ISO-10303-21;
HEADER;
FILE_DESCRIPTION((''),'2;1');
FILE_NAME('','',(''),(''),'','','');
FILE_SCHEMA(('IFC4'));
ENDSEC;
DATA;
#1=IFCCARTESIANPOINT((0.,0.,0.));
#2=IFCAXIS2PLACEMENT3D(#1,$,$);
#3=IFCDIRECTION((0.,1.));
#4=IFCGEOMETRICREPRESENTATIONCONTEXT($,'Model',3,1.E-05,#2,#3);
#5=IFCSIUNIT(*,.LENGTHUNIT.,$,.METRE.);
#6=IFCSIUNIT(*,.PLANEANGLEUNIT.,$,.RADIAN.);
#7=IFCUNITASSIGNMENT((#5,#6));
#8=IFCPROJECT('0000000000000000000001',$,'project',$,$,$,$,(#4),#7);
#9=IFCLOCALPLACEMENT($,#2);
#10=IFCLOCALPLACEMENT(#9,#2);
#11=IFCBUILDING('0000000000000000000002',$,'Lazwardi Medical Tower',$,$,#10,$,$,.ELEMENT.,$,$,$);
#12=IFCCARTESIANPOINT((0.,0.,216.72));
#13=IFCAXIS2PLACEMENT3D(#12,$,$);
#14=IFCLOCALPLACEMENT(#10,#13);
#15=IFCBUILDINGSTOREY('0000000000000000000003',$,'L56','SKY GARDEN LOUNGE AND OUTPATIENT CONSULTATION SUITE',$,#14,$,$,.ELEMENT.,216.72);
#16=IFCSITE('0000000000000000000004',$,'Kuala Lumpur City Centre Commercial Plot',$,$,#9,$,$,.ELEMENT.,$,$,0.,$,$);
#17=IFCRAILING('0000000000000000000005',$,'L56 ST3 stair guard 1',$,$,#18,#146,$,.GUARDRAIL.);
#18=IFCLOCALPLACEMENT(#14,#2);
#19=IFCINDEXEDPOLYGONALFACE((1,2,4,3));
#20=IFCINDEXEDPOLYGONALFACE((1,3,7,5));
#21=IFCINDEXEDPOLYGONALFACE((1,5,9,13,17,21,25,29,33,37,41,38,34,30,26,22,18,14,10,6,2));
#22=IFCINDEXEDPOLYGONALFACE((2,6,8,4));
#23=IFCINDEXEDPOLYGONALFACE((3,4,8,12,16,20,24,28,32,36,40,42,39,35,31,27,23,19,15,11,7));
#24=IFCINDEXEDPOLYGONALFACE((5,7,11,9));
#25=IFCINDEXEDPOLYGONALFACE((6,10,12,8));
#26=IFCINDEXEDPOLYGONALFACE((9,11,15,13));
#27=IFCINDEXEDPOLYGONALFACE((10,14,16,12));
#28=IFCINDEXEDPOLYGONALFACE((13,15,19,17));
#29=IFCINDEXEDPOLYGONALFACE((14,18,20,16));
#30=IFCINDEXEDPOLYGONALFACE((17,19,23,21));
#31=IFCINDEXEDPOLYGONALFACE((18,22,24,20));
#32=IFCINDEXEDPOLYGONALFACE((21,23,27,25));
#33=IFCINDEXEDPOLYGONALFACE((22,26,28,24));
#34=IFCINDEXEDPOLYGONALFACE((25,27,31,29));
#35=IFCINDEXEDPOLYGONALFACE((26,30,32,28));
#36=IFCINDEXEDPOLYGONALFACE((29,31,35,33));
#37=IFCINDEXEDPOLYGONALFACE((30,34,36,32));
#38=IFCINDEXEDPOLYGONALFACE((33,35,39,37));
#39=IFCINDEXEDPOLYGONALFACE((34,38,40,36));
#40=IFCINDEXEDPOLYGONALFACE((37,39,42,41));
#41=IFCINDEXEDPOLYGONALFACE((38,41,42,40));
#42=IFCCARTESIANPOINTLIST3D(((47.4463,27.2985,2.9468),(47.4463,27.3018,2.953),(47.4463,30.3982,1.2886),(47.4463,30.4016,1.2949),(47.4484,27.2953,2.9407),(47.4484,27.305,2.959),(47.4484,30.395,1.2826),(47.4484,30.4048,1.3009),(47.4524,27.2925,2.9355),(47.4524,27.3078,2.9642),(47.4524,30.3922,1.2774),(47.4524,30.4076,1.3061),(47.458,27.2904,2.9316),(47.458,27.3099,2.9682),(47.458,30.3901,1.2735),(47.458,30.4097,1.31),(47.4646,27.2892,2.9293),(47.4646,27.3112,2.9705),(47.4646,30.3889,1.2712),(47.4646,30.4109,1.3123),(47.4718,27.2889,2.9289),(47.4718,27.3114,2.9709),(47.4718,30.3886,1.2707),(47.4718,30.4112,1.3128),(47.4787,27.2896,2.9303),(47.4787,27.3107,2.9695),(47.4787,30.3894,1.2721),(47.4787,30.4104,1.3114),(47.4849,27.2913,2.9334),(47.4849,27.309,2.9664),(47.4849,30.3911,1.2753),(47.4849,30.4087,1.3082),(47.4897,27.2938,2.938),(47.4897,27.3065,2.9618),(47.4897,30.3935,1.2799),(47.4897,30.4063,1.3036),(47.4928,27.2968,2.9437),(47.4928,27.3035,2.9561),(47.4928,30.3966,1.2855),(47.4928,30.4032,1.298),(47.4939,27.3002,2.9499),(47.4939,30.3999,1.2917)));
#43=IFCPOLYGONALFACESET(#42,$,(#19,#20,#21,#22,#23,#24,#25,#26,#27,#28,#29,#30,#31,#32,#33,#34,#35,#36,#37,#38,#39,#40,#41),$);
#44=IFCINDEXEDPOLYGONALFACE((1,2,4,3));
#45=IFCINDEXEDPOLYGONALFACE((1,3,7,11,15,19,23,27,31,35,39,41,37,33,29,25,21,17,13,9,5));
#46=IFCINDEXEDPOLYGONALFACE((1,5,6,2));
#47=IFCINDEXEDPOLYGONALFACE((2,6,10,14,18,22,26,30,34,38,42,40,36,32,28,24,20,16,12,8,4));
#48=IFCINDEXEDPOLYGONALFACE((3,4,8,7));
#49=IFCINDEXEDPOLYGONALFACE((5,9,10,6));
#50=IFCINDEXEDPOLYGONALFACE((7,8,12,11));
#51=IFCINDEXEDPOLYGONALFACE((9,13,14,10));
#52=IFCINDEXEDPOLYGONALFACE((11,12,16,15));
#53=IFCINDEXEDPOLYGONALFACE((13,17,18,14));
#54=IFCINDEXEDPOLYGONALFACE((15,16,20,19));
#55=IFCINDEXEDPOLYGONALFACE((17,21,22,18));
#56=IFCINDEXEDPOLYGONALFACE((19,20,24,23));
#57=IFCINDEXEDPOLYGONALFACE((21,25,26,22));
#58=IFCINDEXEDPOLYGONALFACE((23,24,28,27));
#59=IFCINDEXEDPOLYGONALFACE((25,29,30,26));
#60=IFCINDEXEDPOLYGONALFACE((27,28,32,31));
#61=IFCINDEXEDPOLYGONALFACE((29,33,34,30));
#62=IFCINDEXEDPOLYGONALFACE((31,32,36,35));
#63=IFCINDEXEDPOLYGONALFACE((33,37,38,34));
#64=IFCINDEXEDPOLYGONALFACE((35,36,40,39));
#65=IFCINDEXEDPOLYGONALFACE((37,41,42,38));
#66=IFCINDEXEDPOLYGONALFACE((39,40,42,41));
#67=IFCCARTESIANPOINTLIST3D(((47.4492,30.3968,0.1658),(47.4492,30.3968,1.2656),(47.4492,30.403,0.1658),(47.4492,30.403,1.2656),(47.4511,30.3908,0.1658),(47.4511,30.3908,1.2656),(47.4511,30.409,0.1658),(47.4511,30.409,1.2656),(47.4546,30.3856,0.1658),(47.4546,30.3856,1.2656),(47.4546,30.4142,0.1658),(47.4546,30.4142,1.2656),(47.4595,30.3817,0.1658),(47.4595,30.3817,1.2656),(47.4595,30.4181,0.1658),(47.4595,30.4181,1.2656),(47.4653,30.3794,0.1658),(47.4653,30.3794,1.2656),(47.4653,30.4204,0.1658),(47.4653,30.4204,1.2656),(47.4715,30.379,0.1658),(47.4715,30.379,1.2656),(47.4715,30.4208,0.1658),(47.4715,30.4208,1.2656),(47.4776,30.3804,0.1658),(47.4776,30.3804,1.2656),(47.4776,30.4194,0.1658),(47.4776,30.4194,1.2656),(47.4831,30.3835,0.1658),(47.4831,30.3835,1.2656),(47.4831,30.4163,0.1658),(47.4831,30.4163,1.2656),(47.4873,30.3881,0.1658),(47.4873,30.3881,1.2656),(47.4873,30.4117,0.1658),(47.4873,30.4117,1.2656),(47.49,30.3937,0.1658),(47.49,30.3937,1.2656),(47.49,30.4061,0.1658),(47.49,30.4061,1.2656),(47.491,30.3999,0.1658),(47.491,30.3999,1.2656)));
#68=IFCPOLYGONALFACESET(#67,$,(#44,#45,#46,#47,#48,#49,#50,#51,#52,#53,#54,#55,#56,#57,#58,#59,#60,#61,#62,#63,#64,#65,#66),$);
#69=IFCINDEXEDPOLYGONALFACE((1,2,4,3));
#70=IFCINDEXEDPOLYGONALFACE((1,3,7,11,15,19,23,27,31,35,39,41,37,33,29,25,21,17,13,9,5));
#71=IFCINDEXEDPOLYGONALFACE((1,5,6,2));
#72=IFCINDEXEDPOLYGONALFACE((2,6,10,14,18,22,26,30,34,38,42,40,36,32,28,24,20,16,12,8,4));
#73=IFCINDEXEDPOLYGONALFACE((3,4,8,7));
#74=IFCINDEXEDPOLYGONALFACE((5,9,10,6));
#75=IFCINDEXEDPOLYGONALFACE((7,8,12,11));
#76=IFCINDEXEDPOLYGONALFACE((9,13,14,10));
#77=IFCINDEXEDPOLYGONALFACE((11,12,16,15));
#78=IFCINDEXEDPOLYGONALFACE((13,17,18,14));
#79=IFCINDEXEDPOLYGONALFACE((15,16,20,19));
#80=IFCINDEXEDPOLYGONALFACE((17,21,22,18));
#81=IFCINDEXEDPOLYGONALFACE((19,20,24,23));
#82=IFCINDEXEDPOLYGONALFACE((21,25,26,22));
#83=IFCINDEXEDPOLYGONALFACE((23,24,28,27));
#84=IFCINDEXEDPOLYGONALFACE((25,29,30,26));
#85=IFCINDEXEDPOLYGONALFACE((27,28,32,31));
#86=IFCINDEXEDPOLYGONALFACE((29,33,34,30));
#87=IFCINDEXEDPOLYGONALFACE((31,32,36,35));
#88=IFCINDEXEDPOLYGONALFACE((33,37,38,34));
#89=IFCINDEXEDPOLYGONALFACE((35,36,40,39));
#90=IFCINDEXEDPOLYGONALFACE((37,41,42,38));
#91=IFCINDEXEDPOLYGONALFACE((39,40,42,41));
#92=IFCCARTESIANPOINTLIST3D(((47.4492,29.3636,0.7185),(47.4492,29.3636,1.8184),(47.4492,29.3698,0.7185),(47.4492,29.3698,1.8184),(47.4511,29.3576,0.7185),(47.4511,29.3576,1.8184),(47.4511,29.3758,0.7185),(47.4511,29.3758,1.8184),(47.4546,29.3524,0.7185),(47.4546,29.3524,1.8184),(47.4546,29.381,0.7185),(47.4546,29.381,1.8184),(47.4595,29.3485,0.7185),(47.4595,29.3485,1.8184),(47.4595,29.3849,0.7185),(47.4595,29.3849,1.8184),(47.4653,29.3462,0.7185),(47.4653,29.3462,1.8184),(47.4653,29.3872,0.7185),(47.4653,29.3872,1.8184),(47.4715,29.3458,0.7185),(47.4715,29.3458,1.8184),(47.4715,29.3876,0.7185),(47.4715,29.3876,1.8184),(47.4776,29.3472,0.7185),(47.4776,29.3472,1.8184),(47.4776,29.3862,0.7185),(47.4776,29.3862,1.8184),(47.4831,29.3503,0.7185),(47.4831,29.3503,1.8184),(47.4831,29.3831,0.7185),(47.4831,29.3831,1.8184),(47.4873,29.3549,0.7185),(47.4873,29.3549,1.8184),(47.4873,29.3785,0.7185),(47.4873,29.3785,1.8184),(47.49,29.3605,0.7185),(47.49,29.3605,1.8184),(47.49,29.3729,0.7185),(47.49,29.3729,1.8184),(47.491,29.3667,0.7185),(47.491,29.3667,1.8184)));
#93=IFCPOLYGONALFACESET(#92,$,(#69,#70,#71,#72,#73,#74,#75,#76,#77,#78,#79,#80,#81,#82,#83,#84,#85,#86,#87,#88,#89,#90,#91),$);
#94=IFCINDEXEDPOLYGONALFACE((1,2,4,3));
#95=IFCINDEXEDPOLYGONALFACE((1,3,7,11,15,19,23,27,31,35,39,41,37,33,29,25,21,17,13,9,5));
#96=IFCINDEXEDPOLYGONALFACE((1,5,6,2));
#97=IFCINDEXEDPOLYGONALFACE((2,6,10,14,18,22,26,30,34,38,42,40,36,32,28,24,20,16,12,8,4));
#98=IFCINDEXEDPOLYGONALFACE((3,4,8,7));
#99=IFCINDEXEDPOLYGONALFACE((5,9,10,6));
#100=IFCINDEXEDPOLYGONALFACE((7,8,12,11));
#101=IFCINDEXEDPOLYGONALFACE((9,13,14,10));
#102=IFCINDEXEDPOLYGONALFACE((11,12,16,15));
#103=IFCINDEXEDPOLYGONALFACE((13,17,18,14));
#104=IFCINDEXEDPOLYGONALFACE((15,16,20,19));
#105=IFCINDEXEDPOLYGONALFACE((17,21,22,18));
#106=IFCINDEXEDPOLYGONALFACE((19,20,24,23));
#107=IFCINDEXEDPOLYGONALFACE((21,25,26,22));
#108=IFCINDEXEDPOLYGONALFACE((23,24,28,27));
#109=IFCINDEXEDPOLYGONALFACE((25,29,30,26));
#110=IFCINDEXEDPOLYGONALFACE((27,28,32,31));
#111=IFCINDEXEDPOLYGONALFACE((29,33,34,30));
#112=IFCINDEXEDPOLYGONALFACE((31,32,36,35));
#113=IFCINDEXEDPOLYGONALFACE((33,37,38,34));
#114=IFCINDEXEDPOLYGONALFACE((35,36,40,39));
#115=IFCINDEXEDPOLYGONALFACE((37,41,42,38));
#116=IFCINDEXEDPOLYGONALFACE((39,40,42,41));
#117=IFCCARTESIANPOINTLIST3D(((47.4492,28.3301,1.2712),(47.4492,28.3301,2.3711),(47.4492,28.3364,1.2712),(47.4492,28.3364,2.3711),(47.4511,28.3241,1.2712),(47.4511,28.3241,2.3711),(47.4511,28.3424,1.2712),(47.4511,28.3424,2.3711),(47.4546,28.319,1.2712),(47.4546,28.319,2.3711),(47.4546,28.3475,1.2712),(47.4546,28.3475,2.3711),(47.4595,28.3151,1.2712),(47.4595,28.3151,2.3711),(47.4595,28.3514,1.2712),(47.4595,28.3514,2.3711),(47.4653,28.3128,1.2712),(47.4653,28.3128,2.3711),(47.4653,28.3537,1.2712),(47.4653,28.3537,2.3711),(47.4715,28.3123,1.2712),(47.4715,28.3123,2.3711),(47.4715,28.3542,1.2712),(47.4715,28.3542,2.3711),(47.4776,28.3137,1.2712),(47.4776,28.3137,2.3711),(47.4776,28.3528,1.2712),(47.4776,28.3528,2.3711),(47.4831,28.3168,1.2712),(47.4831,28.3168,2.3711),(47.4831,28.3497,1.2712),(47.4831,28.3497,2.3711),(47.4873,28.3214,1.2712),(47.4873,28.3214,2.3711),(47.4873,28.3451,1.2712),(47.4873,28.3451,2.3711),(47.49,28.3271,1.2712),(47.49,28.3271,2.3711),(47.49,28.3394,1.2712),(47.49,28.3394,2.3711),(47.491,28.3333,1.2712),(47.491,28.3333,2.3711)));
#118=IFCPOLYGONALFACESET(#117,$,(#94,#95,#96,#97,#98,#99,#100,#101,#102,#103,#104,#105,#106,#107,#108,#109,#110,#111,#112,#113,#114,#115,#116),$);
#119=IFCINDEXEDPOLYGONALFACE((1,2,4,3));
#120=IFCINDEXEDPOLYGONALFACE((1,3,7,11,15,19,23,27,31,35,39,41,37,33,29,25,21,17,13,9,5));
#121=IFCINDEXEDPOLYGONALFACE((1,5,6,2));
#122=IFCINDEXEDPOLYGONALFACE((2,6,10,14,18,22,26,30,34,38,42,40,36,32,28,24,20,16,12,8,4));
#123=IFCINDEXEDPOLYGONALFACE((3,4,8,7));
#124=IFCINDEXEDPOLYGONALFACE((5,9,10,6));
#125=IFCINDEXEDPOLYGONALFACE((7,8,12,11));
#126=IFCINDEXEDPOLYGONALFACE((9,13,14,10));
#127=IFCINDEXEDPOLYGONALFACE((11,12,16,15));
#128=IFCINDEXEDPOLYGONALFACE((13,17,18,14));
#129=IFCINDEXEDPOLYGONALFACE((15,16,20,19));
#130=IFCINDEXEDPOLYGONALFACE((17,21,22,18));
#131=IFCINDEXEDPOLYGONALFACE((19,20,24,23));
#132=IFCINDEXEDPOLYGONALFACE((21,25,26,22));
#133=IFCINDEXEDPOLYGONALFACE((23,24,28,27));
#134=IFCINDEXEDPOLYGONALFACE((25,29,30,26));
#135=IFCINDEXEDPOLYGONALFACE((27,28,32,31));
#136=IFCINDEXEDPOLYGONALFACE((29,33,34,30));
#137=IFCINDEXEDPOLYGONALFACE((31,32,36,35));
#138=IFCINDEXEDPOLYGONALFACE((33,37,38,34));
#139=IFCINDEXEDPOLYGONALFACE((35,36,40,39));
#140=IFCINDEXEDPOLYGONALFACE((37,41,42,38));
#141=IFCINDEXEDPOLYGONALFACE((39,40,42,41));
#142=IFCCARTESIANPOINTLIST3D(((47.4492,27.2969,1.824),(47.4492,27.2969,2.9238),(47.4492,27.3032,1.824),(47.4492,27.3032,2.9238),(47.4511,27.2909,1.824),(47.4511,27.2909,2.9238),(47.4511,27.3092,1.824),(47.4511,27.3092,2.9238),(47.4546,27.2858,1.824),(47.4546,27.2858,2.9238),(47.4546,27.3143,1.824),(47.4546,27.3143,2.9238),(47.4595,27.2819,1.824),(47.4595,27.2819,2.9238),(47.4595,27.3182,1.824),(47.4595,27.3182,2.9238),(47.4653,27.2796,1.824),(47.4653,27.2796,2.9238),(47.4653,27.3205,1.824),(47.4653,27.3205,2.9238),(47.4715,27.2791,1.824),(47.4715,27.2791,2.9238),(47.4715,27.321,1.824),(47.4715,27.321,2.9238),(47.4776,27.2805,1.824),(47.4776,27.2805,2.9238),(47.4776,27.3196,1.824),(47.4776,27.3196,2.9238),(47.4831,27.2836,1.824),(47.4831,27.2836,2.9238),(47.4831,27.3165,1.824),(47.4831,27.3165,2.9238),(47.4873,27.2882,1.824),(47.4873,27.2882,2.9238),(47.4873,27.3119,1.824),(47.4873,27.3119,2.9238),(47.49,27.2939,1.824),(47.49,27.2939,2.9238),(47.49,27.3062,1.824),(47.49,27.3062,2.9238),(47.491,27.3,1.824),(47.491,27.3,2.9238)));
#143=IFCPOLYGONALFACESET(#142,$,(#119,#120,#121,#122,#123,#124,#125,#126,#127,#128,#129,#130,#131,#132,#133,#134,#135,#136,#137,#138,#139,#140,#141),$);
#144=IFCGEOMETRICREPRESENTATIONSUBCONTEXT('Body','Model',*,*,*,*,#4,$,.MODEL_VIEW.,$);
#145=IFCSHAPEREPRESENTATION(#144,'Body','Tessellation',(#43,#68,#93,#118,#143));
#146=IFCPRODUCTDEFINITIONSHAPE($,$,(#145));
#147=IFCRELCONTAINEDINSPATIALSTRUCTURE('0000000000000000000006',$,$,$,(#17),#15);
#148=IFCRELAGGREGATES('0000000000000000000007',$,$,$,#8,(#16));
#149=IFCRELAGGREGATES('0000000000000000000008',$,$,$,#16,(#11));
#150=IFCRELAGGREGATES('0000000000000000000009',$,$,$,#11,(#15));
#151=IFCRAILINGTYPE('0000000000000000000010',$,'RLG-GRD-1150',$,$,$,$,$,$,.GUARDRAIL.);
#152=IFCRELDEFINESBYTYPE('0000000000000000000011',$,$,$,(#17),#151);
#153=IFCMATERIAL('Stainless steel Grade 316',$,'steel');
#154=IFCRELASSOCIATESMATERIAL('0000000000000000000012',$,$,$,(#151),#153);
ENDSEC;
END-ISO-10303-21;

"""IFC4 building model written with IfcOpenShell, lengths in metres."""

from ifc_helpers import new_model, si_unit, direction, frame, origin, origin_2d, place, context, subcontext, project, spatial, circle, extrude, material, type_object, element, save


model = new_model("IFC4")

# Units and contexts
model_context = context("Model", 3, precision=1e-05, world=origin(), true_north=direction((0.0, 1.0)))
body_context = subcontext(model_context, "Body", "Model", "MODEL_VIEW")
ifc_project = project(units=[si_unit("LENGTHUNIT", "METRE"), si_unit("PLANEANGLEUNIT", "RADIAN")], contexts=[model_context])

# Site, building, storey
site_placement = place(None, origin())
site = spatial("IfcSite", under=ifc_project, at=site_placement, Name="Kuala Lumpur City Centre Commercial Plot", CompositionType="ELEMENT", RefElevation=0.0)
building_placement = place(site_placement, origin())
building = spatial("IfcBuilding", under=site, at=building_placement, Name="Lazwardi Medical Tower", CompositionType="ELEMENT")
storey_placement = place(building_placement, frame((0.0, 0.0, 216.72)))
storey = spatial("IfcBuildingStorey", under=building, at=storey_placement, Name="L56", Description="SKY GARDEN LOUNGE AND OUTPATIENT CONSULTATION SUITE", CompositionType="ELEMENT", Elevation=216.72)

# Railing
ifc_material_1 = material(Name="Stainless steel Grade 316", Category="steel")
railing_type = type_object("IfcRailingType", Name="RLG-GRD-1150", PredefinedType="GUARDRAIL", material=ifc_material_1)
railing_1_placement = place(storey_placement, frame((47.47, 30.3999, 0.1658)))
element("IfcRailing", 1, at=railing_1_placement, inside=storey, type_object=railing_type, Name="L56 ST3 stair guard 1", PredefinedType="GUARDRAIL", context=body_context, shape_type="SweptSolid", body=[
    extrude(circle(Radius=0.0239, at=origin_2d()), frame((0.0, 0.0, 1.126), z_axis=(0.0, -0.881768, 0.471684), x_axis=(1.0, 0.0, 0.0)), (0.0, 0.0, 1.0), 3.5154),
    extrude(circle(Radius=0.021, at=origin_2d()), origin(), (0.0, 0.0, 1.0), 1.0999),
    extrude(circle(Radius=0.021, at=origin_2d()), frame((0.0, -1.0332, 0.5527)), (0.0, 0.0, 1.0), 1.0999),
    extrude(circle(Radius=0.021, at=origin_2d()), frame((0.0, -2.0667, 1.1055)), (0.0, 0.0, 1.0), 1.0999),
    extrude(circle(Radius=0.021, at=origin_2d()), frame((0.0, -3.0999, 1.6582)), (0.0, 0.0, 1.0), 1.0999),
])

save(model, "model.ifc")
